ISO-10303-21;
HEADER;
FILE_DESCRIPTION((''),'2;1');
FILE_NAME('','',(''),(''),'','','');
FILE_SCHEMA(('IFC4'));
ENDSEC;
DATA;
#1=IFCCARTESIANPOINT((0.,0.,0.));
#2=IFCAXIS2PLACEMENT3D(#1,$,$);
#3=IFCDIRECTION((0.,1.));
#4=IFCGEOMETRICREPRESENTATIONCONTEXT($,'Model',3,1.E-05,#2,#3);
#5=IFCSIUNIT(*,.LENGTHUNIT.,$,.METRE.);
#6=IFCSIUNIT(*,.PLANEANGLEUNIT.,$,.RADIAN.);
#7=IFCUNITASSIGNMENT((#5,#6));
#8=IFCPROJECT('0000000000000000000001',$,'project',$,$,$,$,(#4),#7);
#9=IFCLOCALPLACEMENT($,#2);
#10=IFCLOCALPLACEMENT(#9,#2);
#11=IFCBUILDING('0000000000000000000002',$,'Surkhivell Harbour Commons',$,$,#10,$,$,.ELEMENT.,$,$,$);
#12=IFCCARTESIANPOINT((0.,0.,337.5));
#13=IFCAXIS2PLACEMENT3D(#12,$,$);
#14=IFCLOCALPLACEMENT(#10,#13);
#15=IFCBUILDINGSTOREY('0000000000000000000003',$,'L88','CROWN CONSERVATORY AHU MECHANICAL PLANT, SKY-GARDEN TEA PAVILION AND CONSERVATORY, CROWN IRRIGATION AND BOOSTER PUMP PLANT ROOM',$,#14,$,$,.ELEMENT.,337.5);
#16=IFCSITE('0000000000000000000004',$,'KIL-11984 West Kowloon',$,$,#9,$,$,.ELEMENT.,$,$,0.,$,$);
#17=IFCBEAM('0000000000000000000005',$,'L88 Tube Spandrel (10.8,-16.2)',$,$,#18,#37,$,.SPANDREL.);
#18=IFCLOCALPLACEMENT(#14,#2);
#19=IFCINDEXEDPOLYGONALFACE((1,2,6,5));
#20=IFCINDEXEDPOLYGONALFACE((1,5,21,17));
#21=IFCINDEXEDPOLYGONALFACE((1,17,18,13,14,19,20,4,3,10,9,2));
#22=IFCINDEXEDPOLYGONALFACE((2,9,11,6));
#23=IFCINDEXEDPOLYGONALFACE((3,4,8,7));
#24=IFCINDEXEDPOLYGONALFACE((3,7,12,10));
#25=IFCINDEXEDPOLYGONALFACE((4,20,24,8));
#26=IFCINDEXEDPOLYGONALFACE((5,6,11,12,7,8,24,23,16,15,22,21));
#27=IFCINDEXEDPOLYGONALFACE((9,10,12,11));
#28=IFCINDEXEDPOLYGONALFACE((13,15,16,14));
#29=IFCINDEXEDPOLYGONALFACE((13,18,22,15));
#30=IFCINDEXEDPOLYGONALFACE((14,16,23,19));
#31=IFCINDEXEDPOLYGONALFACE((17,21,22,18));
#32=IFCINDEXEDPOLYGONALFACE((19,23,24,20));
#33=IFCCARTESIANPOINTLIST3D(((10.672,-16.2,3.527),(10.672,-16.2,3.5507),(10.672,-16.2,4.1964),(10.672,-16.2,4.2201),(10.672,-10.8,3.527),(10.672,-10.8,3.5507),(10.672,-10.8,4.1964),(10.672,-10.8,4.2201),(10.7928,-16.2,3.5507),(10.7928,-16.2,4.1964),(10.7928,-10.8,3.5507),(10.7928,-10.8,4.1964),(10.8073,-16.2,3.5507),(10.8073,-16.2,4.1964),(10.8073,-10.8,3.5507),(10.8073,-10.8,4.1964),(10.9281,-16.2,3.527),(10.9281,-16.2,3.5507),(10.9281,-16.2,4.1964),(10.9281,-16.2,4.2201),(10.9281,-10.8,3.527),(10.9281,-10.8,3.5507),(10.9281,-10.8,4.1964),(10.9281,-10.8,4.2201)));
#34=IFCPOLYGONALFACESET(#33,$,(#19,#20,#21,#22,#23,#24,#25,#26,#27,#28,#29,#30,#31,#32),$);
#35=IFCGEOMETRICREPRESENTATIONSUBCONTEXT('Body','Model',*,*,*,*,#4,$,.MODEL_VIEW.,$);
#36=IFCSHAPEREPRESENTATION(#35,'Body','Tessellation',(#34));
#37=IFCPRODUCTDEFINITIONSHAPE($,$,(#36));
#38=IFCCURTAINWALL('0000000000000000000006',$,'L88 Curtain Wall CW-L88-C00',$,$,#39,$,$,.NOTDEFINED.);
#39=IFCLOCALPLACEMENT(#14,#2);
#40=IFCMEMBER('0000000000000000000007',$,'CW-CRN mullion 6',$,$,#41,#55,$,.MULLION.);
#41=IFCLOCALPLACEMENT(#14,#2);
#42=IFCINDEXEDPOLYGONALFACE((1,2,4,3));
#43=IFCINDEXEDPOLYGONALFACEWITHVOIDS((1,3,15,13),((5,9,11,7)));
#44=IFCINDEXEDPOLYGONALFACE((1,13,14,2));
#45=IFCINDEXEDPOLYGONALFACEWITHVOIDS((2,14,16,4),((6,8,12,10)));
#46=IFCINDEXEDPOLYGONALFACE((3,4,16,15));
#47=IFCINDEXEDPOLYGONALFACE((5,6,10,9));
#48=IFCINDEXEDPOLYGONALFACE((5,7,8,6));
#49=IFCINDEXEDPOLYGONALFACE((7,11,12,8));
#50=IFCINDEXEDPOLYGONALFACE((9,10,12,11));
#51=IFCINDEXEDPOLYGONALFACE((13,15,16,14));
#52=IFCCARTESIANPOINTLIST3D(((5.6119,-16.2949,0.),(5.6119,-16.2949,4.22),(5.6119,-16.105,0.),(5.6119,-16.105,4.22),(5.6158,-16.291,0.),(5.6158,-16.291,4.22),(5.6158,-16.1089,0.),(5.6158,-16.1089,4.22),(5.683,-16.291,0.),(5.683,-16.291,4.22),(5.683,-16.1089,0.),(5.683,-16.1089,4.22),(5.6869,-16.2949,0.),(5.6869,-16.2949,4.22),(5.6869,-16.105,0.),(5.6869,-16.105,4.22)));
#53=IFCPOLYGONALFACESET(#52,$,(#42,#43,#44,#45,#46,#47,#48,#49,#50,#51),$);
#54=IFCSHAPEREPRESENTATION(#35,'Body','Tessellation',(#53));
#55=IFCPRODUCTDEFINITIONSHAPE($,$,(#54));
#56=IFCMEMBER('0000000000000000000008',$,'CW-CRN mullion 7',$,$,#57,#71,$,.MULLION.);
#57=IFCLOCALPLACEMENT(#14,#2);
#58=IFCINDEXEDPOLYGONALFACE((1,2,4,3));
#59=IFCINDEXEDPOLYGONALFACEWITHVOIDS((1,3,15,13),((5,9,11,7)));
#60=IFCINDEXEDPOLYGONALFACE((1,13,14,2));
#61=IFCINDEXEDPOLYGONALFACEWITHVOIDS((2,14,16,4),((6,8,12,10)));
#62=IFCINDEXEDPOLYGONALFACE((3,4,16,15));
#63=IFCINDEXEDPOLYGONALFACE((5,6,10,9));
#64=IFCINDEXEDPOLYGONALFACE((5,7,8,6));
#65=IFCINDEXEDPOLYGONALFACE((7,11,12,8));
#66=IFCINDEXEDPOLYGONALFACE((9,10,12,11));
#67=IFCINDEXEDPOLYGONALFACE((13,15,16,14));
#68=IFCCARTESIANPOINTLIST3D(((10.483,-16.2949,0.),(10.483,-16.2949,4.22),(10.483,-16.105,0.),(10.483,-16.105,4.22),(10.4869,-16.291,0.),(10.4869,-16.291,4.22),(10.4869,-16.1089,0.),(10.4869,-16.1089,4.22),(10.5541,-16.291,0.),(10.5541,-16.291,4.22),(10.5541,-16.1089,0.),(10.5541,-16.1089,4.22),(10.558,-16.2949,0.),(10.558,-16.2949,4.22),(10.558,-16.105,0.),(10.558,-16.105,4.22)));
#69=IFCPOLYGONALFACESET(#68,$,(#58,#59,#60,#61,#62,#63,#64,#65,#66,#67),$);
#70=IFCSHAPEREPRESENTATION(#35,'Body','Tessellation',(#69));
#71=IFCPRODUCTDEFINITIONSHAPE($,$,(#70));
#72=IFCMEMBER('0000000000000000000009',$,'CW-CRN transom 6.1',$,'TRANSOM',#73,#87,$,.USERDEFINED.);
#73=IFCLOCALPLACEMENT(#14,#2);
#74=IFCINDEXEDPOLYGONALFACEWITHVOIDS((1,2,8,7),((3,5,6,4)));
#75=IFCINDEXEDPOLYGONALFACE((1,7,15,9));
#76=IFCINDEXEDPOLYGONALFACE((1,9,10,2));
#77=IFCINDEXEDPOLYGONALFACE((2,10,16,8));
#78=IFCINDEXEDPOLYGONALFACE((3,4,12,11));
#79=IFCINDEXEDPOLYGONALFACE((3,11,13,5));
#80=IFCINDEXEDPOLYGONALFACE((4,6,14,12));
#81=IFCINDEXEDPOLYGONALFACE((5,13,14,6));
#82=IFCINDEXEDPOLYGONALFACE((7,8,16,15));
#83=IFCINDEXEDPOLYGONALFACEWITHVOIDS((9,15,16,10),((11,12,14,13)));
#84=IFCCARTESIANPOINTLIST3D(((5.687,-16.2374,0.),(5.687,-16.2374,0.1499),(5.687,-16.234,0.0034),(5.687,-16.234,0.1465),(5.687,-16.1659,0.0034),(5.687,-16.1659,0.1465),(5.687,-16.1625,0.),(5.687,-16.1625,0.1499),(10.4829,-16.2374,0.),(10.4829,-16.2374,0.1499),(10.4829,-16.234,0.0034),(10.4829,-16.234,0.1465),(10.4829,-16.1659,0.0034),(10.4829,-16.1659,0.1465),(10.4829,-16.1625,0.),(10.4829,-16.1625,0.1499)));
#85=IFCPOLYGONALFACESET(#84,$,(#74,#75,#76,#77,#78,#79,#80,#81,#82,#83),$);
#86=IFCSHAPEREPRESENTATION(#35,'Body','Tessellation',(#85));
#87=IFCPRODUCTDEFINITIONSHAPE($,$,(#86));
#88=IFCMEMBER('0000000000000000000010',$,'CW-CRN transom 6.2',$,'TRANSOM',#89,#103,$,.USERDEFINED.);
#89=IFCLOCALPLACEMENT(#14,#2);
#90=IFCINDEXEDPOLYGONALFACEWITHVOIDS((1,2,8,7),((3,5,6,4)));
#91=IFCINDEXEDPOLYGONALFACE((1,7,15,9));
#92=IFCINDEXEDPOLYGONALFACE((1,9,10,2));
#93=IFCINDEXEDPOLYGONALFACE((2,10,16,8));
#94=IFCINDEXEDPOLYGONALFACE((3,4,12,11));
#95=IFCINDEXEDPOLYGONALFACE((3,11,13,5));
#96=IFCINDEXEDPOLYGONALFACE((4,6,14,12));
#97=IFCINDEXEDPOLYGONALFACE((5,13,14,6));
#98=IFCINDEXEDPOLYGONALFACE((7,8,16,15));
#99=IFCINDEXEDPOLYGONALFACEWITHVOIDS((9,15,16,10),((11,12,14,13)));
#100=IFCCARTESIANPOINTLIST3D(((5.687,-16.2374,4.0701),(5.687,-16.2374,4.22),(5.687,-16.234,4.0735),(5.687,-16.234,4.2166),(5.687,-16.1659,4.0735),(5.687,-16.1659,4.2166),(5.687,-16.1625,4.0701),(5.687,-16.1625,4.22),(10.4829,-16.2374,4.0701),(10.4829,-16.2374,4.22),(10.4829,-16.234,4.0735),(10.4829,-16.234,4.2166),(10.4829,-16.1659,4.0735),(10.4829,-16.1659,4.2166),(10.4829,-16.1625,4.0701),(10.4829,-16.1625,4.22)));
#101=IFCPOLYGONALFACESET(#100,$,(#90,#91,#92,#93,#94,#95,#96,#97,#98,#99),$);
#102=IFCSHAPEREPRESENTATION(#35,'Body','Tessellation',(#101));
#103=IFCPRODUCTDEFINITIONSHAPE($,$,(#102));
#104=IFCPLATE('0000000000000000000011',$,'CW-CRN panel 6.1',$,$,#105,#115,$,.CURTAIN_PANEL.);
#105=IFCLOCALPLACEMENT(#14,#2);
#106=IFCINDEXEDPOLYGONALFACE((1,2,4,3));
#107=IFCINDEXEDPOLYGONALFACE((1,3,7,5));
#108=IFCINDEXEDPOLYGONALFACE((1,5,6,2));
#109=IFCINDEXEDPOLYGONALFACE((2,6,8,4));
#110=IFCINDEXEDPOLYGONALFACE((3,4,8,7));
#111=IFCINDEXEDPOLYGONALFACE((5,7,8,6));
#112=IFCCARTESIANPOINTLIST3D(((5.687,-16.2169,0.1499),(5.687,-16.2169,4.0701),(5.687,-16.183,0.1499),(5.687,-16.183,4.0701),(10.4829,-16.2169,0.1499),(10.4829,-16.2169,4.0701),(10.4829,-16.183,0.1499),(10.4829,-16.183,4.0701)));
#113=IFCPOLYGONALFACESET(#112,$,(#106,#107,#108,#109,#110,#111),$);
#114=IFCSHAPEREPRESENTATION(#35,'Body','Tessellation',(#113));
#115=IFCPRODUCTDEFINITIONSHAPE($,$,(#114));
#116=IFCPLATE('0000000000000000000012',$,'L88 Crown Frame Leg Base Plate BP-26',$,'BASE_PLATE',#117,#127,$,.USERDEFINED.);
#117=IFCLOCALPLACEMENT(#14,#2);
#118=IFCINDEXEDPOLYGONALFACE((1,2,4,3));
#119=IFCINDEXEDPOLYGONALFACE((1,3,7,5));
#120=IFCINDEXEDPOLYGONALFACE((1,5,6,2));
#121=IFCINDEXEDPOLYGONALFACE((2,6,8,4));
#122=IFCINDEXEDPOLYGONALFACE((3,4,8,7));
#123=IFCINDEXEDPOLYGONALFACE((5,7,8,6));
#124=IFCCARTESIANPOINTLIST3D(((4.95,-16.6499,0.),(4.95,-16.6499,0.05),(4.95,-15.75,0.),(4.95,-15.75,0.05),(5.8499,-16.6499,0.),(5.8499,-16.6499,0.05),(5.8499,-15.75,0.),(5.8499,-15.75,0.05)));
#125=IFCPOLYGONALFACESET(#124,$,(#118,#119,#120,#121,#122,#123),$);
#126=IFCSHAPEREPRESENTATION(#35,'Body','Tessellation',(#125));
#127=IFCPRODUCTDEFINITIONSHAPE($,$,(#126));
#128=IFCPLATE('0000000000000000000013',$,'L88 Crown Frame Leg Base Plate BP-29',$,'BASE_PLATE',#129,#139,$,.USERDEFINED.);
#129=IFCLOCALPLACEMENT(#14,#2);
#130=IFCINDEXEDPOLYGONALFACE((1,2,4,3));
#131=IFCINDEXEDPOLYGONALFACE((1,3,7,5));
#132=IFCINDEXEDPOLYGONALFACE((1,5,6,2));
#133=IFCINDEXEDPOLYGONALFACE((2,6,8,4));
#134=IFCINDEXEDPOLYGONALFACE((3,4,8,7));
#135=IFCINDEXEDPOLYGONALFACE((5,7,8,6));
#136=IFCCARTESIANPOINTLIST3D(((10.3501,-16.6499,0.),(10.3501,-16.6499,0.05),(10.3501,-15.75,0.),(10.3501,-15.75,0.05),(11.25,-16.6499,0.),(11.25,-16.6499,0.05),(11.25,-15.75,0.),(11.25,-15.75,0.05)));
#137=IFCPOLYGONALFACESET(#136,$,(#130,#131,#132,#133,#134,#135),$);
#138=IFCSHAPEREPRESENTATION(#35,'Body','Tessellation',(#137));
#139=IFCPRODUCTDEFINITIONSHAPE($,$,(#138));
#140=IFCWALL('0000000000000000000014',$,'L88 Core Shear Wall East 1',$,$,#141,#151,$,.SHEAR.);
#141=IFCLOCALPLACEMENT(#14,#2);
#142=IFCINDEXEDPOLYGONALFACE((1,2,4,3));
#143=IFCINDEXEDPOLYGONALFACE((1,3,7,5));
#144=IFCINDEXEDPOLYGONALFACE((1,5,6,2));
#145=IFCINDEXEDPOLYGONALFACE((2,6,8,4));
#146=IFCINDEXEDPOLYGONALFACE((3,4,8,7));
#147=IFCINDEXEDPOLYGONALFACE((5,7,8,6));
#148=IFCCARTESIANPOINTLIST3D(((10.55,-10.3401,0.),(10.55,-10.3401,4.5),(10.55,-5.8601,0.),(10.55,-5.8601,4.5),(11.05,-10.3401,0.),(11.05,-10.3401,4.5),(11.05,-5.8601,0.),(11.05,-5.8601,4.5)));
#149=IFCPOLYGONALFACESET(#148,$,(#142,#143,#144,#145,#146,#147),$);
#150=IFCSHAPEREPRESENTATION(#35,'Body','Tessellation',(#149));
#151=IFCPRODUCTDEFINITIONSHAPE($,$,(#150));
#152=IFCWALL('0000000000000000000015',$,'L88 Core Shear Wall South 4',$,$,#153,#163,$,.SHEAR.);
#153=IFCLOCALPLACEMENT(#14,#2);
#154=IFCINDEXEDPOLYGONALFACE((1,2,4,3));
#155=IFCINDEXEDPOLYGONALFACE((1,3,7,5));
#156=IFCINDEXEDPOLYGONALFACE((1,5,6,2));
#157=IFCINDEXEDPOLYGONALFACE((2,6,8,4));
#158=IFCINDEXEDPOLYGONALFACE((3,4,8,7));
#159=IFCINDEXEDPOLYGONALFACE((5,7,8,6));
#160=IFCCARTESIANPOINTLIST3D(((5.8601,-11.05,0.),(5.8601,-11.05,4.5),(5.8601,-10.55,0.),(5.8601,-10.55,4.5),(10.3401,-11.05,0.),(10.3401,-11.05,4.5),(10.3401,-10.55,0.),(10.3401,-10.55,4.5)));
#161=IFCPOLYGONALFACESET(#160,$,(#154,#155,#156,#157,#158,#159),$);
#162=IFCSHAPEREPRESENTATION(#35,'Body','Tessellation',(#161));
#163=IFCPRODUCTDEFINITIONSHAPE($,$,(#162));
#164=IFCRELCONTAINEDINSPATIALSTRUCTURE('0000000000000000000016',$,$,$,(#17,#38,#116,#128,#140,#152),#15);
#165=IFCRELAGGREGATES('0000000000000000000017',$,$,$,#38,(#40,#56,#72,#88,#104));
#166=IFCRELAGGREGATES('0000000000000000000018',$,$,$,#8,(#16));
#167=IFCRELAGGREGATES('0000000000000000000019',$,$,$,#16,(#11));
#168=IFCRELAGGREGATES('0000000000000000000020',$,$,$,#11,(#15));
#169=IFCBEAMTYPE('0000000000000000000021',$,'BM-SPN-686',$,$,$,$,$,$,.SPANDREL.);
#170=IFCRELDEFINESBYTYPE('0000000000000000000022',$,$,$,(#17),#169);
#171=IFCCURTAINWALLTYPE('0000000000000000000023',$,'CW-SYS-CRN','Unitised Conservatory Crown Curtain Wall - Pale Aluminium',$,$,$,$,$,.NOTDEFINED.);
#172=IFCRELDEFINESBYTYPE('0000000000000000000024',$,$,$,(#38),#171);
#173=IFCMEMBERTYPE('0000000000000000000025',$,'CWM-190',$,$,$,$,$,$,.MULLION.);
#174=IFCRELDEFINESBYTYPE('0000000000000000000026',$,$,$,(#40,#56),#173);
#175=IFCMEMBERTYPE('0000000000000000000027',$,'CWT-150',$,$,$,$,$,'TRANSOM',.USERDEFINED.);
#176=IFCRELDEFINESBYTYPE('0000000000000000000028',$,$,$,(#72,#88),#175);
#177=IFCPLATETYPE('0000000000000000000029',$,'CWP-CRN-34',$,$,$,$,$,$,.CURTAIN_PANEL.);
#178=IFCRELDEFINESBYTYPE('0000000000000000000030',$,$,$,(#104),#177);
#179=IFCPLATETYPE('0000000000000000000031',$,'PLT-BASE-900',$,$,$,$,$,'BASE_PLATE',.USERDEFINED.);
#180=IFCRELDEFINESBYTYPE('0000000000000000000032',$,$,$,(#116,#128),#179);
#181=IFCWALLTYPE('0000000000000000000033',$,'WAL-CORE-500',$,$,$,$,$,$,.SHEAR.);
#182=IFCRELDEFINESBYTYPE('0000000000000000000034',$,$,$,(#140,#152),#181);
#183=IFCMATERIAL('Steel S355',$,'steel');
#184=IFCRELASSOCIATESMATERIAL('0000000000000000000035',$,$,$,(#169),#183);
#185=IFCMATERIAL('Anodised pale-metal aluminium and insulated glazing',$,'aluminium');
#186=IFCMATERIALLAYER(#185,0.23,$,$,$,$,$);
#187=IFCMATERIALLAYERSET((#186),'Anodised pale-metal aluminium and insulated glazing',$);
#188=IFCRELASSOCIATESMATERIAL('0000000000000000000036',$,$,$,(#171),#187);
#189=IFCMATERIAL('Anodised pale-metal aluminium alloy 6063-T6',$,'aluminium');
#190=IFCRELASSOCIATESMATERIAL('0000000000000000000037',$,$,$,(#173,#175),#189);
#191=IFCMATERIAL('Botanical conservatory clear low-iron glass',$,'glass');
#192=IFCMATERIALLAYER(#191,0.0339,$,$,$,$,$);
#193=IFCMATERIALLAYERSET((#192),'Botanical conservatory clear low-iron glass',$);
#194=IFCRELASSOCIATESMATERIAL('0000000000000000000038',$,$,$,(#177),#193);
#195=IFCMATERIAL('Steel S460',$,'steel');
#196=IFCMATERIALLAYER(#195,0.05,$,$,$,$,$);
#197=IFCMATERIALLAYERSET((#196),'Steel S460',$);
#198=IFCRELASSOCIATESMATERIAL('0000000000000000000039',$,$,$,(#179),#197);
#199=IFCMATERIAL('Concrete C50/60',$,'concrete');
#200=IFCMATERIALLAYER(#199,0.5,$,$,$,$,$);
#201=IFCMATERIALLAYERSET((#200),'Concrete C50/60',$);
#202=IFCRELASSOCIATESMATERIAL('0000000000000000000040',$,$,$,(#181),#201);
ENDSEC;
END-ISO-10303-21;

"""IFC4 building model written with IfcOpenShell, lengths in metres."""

from ifc_helpers import new_model, si_unit, direction, frame, frame_2d, origin, origin_2d, place, context, subcontext, project, spatial, rectangle, hollow_rectangle, i_section, extrude, material, layer, layer_set, material_profile, profile_set, type_object, element, aggregate, save


model = new_model("IFC4")

# Units and contexts
model_context = context("Model", 3, precision=1e-05, world=origin(), true_north=direction((0.0, 1.0)))
body_context = subcontext(model_context, "Body", "Model", "MODEL_VIEW")
ifc_project = project(units=[si_unit("LENGTHUNIT", "METRE"), si_unit("PLANEANGLEUNIT", "RADIAN")], contexts=[model_context])

# Site, building, storey
site_placement = place(None, origin())
site = spatial("IfcSite", under=ifc_project, at=site_placement, Name="KIL-11984 West Kowloon", CompositionType="ELEMENT", RefElevation=0.0)
building_placement = place(site_placement, origin())
building = spatial("IfcBuilding", under=site, at=building_placement, Name="Surkhivell Harbour Commons", CompositionType="ELEMENT")
storey_placement = place(building_placement, frame((0.0, 0.0, 337.5)))
storey = spatial("IfcBuildingStorey", under=building, at=storey_placement, Name="L88", Description="CROWN CONSERVATORY AHU MECHANICAL PLANT, SKY-GARDEN TEA PAVILION AND CONSERVATORY, CROWN IRRIGATION AND BOOSTER PUMP PLANT ROOM", CompositionType="ELEMENT", Elevation=337.5)

# Shared definitions
ifc_material_1 = material(Name="Steel S460", Category="steel")

# Beam
ifc_material_2 = material(Name="Steel S355", Category="steel")
ifc_material_profile_1 = material_profile(ifc_material_2, i_section(OverallWidth=0.2561, OverallDepth=0.6931, WebThickness=0.0144, FlangeThickness=0.0237, at=origin_2d()), Name="UB686x254x170")
ifc_profile_set_1 = profile_set([ifc_material_profile_1], Name="Steel S355")
beam_type_1 = type_object("IfcBeamType", Name="BM-SPN-686", PredefinedType="SPANDREL", material=ifc_profile_set_1)
beam_1_placement = place(storey_placement, frame((10.8, -16.2, 3.8735), z_axis=(0.0, 1.0, 0.0), x_axis=(-1.0, 0.0, 0.0)))
element("IfcBeam", 1, at=beam_1_placement, inside=storey, type_object=beam_type_1, Name="L88 Tube Spandrel (10.8,-16.2)", PredefinedType="SPANDREL", context=body_context, shape_type="SweptSolid", body=[
    extrude(i_section(OverallWidth=0.2561, OverallDepth=0.6931, WebThickness=0.0144, FlangeThickness=0.0237, at=origin_2d()), origin(), (0.0, 0.0, 1.0), 5.3999),
])

# Curtain wall, members, plate
ifc_material_3 = material(Name="Anodised pale-metal aluminium and insulated glazing", Category="aluminium")
ifc_layer_1 = layer(ifc_material_3, 0.23)
ifc_layer_set_1 = layer_set([ifc_layer_1], Name="Anodised pale-metal aluminium and insulated glazing")
curtain_wall_type = type_object("IfcCurtainWallType", Name="CW-SYS-CRN", Description="Unitised Conservatory Crown Curtain Wall - Pale Aluminium", PredefinedType="NOTDEFINED", material=ifc_layer_set_1)
curtain_wall_placement = place(storey_placement, origin())
curtain_wall = element("IfcCurtainWall", 2, at=curtain_wall_placement, inside=storey, type_object=curtain_wall_type, Name="L88 Curtain Wall CW-L88-C00", PredefinedType="NOTDEFINED")
ifc_material_4 = material(Name="Anodised pale-metal aluminium alloy 6063-T6", Category="aluminium")
ifc_material_profile_2 = material_profile(ifc_material_4, hollow_rectangle(XDim=0.075, YDim=0.1899, WallThickness=0.0039, at=origin_2d()), Name="ALU-MULL-75x190")
ifc_profile_set_2 = profile_set([ifc_material_profile_2], Name="Anodised pale-metal aluminium alloy 6063-T6")
member_type_1 = type_object("IfcMemberType", Name="CWM-190", PredefinedType="MULLION", material=ifc_profile_set_2)
member_1_placement = place(storey_placement, frame((5.6494, -16.2, 0.0), z_axis=(0.0, 0.0, 1.0), x_axis=(1.0, 0.0, 0.0)))
member_1 = element("IfcMember", 3, at=member_1_placement, type_object=member_type_1, Name="CW-CRN mullion 6", PredefinedType="MULLION", context=body_context, shape_type="SweptSolid", body=[
    extrude(hollow_rectangle(XDim=0.075, YDim=0.1899, WallThickness=0.0039, at=origin_2d()), origin(), (0.0, 0.0, 1.0), 4.22),
])
member_2_placement = place(storey_placement, frame((10.5205, -16.2, 0.0), z_axis=(0.0, 0.0, 1.0), x_axis=(1.0, 0.0, 0.0)))
member_2 = element("IfcMember", 4, at=member_2_placement, type_object=member_type_1, Name="CW-CRN mullion 7", PredefinedType="MULLION", context=body_context, shape_type="SweptSolid", body=[
    extrude(hollow_rectangle(XDim=0.075, YDim=0.1899, WallThickness=0.0039, at=origin_2d()), origin(), (0.0, 0.0, 1.0), 4.22),
])
ifc_material_profile_3 = material_profile(ifc_material_4, hollow_rectangle(XDim=0.075, YDim=0.1499, WallThickness=0.0034, at=origin_2d()), Name="ALU-TRAN-75x150")
ifc_profile_set_3 = profile_set([ifc_material_profile_3], Name="Anodised pale-metal aluminium alloy 6063-T6")
member_type_2 = type_object("IfcMemberType", Name="CWT-150", ElementType="TRANSOM", PredefinedType="USERDEFINED", material=ifc_profile_set_3)
member_3_placement = place(storey_placement, frame((5.687, -16.2, 0.075), z_axis=(1.0, 0.0, 0.0), x_axis=(0.0, 1.0, 0.0)))
member_3 = element("IfcMember", 5, at=member_3_placement, type_object=member_type_2, Name="CW-CRN transom 6.1", ObjectType="TRANSOM", PredefinedType="USERDEFINED", context=body_context, shape_type="SweptSolid", body=[
    extrude(hollow_rectangle(XDim=0.075, YDim=0.1499, WallThickness=0.0034, at=origin_2d()), origin(), (0.0, 0.0, 1.0), 4.7959),
])
member_4_placement = place(storey_placement, frame((5.687, -16.2, 4.145), z_axis=(1.0, 0.0, 0.0), x_axis=(0.0, 1.0, 0.0)))
member_4 = element("IfcMember", 6, at=member_4_placement, type_object=member_type_2, Name="CW-CRN transom 6.2", ObjectType="TRANSOM", PredefinedType="USERDEFINED", context=body_context, shape_type="SweptSolid", body=[
    extrude(hollow_rectangle(XDim=0.075, YDim=0.1499, WallThickness=0.0034, at=origin_2d()), origin(), (0.0, 0.0, 1.0), 4.7959),
])
ifc_material_5 = material(Name="Botanical conservatory clear low-iron glass", Category="glass")
ifc_layer_2 = layer(ifc_material_5, 0.0339)
ifc_layer_set_2 = layer_set([ifc_layer_2], Name="Botanical conservatory clear low-iron glass")
plate_type_1 = type_object("IfcPlateType", Name="CWP-CRN-34", PredefinedType="CURTAIN_PANEL", material=ifc_layer_set_2)
plate_placement = place(storey_placement, frame((5.687, -16.2, 0.1499), z_axis=(0.0, 0.0, 1.0), x_axis=(1.0, 0.0, 0.0)))
plate = element("IfcPlate", 7, at=plate_placement, type_object=plate_type_1, Name="CW-CRN panel 6.1", PredefinedType="CURTAIN_PANEL", context=body_context, shape_type="SweptSolid", body=[
    extrude(rectangle(XDim=4.7959, YDim=0.0339, at=frame_2d((2.3979, 0.0))), origin(), (0.0, 0.0, 1.0), 3.9202),
])
aggregate(curtain_wall, [member_1, member_2, member_3, member_4, plate])

# Plates
ifc_layer_3 = layer(ifc_material_1, 0.05)
ifc_layer_set_3 = layer_set([ifc_layer_3], Name="Steel S460")
plate_type_2 = type_object("IfcPlateType", Name="PLT-BASE-900", ElementType="BASE_PLATE", PredefinedType="USERDEFINED", material=ifc_layer_set_3)
for number, where, z_axis, x_axis, name in (
    (8, (5.3999, -16.2, 0.0), (0.0, 0.0, 1.0), (1.0, 0.0, 0.0), "L88 Crown Frame Leg Base Plate BP-26"),
    (9, (10.8, -16.2, 0.0), (0.0, 0.0, 1.0), (1.0, 0.0, 0.0), "L88 Crown Frame Leg Base Plate BP-29"),
):
    element("IfcPlate", number, at=place(storey_placement, frame(where, z_axis=z_axis, x_axis=x_axis)), inside=storey, type_object=plate_type_2, Name=name, ObjectType="BASE_PLATE", PredefinedType="USERDEFINED", context=body_context, shape_type="SweptSolid", body=[
        extrude(rectangle(XDim=0.8999, YDim=0.8999, at=origin_2d()), origin(), (0.0, 0.0, 1.0), 0.05),
    ])

# Walls
ifc_material_6 = material(Name="Concrete C50/60", Category="concrete")
ifc_layer_4 = layer(ifc_material_6, 0.5)
ifc_layer_set_4 = layer_set([ifc_layer_4], Name="Concrete C50/60")
wall_type_1 = type_object("IfcWallType", Name="WAL-CORE-500", PredefinedType="SHEAR", material=ifc_layer_set_4)
for number, where, z_axis, x_axis, name in (
    (10, (10.8, -10.3401, 0.0), (0.0, 0.0, 1.0), (0.0, 1.0, 0.0), "L88 Core Shear Wall East 1"),
    (11, (5.8601, -10.8, 0.0), (0.0, 0.0, 1.0), (1.0, 0.0, 0.0), "L88 Core Shear Wall South 4"),
):
    element("IfcWall", number, at=place(storey_placement, frame(where, z_axis=z_axis, x_axis=x_axis)), inside=storey, type_object=wall_type_1, Name=name, PredefinedType="SHEAR", context=body_context, shape_type="SweptSolid", body=[
        extrude(rectangle(XDim=4.48, YDim=0.5, at=frame_2d((2.24, 0.0))), origin(), (0.0, 0.0, 1.0), 4.5),
    ])

save(model, "model.ifc")
